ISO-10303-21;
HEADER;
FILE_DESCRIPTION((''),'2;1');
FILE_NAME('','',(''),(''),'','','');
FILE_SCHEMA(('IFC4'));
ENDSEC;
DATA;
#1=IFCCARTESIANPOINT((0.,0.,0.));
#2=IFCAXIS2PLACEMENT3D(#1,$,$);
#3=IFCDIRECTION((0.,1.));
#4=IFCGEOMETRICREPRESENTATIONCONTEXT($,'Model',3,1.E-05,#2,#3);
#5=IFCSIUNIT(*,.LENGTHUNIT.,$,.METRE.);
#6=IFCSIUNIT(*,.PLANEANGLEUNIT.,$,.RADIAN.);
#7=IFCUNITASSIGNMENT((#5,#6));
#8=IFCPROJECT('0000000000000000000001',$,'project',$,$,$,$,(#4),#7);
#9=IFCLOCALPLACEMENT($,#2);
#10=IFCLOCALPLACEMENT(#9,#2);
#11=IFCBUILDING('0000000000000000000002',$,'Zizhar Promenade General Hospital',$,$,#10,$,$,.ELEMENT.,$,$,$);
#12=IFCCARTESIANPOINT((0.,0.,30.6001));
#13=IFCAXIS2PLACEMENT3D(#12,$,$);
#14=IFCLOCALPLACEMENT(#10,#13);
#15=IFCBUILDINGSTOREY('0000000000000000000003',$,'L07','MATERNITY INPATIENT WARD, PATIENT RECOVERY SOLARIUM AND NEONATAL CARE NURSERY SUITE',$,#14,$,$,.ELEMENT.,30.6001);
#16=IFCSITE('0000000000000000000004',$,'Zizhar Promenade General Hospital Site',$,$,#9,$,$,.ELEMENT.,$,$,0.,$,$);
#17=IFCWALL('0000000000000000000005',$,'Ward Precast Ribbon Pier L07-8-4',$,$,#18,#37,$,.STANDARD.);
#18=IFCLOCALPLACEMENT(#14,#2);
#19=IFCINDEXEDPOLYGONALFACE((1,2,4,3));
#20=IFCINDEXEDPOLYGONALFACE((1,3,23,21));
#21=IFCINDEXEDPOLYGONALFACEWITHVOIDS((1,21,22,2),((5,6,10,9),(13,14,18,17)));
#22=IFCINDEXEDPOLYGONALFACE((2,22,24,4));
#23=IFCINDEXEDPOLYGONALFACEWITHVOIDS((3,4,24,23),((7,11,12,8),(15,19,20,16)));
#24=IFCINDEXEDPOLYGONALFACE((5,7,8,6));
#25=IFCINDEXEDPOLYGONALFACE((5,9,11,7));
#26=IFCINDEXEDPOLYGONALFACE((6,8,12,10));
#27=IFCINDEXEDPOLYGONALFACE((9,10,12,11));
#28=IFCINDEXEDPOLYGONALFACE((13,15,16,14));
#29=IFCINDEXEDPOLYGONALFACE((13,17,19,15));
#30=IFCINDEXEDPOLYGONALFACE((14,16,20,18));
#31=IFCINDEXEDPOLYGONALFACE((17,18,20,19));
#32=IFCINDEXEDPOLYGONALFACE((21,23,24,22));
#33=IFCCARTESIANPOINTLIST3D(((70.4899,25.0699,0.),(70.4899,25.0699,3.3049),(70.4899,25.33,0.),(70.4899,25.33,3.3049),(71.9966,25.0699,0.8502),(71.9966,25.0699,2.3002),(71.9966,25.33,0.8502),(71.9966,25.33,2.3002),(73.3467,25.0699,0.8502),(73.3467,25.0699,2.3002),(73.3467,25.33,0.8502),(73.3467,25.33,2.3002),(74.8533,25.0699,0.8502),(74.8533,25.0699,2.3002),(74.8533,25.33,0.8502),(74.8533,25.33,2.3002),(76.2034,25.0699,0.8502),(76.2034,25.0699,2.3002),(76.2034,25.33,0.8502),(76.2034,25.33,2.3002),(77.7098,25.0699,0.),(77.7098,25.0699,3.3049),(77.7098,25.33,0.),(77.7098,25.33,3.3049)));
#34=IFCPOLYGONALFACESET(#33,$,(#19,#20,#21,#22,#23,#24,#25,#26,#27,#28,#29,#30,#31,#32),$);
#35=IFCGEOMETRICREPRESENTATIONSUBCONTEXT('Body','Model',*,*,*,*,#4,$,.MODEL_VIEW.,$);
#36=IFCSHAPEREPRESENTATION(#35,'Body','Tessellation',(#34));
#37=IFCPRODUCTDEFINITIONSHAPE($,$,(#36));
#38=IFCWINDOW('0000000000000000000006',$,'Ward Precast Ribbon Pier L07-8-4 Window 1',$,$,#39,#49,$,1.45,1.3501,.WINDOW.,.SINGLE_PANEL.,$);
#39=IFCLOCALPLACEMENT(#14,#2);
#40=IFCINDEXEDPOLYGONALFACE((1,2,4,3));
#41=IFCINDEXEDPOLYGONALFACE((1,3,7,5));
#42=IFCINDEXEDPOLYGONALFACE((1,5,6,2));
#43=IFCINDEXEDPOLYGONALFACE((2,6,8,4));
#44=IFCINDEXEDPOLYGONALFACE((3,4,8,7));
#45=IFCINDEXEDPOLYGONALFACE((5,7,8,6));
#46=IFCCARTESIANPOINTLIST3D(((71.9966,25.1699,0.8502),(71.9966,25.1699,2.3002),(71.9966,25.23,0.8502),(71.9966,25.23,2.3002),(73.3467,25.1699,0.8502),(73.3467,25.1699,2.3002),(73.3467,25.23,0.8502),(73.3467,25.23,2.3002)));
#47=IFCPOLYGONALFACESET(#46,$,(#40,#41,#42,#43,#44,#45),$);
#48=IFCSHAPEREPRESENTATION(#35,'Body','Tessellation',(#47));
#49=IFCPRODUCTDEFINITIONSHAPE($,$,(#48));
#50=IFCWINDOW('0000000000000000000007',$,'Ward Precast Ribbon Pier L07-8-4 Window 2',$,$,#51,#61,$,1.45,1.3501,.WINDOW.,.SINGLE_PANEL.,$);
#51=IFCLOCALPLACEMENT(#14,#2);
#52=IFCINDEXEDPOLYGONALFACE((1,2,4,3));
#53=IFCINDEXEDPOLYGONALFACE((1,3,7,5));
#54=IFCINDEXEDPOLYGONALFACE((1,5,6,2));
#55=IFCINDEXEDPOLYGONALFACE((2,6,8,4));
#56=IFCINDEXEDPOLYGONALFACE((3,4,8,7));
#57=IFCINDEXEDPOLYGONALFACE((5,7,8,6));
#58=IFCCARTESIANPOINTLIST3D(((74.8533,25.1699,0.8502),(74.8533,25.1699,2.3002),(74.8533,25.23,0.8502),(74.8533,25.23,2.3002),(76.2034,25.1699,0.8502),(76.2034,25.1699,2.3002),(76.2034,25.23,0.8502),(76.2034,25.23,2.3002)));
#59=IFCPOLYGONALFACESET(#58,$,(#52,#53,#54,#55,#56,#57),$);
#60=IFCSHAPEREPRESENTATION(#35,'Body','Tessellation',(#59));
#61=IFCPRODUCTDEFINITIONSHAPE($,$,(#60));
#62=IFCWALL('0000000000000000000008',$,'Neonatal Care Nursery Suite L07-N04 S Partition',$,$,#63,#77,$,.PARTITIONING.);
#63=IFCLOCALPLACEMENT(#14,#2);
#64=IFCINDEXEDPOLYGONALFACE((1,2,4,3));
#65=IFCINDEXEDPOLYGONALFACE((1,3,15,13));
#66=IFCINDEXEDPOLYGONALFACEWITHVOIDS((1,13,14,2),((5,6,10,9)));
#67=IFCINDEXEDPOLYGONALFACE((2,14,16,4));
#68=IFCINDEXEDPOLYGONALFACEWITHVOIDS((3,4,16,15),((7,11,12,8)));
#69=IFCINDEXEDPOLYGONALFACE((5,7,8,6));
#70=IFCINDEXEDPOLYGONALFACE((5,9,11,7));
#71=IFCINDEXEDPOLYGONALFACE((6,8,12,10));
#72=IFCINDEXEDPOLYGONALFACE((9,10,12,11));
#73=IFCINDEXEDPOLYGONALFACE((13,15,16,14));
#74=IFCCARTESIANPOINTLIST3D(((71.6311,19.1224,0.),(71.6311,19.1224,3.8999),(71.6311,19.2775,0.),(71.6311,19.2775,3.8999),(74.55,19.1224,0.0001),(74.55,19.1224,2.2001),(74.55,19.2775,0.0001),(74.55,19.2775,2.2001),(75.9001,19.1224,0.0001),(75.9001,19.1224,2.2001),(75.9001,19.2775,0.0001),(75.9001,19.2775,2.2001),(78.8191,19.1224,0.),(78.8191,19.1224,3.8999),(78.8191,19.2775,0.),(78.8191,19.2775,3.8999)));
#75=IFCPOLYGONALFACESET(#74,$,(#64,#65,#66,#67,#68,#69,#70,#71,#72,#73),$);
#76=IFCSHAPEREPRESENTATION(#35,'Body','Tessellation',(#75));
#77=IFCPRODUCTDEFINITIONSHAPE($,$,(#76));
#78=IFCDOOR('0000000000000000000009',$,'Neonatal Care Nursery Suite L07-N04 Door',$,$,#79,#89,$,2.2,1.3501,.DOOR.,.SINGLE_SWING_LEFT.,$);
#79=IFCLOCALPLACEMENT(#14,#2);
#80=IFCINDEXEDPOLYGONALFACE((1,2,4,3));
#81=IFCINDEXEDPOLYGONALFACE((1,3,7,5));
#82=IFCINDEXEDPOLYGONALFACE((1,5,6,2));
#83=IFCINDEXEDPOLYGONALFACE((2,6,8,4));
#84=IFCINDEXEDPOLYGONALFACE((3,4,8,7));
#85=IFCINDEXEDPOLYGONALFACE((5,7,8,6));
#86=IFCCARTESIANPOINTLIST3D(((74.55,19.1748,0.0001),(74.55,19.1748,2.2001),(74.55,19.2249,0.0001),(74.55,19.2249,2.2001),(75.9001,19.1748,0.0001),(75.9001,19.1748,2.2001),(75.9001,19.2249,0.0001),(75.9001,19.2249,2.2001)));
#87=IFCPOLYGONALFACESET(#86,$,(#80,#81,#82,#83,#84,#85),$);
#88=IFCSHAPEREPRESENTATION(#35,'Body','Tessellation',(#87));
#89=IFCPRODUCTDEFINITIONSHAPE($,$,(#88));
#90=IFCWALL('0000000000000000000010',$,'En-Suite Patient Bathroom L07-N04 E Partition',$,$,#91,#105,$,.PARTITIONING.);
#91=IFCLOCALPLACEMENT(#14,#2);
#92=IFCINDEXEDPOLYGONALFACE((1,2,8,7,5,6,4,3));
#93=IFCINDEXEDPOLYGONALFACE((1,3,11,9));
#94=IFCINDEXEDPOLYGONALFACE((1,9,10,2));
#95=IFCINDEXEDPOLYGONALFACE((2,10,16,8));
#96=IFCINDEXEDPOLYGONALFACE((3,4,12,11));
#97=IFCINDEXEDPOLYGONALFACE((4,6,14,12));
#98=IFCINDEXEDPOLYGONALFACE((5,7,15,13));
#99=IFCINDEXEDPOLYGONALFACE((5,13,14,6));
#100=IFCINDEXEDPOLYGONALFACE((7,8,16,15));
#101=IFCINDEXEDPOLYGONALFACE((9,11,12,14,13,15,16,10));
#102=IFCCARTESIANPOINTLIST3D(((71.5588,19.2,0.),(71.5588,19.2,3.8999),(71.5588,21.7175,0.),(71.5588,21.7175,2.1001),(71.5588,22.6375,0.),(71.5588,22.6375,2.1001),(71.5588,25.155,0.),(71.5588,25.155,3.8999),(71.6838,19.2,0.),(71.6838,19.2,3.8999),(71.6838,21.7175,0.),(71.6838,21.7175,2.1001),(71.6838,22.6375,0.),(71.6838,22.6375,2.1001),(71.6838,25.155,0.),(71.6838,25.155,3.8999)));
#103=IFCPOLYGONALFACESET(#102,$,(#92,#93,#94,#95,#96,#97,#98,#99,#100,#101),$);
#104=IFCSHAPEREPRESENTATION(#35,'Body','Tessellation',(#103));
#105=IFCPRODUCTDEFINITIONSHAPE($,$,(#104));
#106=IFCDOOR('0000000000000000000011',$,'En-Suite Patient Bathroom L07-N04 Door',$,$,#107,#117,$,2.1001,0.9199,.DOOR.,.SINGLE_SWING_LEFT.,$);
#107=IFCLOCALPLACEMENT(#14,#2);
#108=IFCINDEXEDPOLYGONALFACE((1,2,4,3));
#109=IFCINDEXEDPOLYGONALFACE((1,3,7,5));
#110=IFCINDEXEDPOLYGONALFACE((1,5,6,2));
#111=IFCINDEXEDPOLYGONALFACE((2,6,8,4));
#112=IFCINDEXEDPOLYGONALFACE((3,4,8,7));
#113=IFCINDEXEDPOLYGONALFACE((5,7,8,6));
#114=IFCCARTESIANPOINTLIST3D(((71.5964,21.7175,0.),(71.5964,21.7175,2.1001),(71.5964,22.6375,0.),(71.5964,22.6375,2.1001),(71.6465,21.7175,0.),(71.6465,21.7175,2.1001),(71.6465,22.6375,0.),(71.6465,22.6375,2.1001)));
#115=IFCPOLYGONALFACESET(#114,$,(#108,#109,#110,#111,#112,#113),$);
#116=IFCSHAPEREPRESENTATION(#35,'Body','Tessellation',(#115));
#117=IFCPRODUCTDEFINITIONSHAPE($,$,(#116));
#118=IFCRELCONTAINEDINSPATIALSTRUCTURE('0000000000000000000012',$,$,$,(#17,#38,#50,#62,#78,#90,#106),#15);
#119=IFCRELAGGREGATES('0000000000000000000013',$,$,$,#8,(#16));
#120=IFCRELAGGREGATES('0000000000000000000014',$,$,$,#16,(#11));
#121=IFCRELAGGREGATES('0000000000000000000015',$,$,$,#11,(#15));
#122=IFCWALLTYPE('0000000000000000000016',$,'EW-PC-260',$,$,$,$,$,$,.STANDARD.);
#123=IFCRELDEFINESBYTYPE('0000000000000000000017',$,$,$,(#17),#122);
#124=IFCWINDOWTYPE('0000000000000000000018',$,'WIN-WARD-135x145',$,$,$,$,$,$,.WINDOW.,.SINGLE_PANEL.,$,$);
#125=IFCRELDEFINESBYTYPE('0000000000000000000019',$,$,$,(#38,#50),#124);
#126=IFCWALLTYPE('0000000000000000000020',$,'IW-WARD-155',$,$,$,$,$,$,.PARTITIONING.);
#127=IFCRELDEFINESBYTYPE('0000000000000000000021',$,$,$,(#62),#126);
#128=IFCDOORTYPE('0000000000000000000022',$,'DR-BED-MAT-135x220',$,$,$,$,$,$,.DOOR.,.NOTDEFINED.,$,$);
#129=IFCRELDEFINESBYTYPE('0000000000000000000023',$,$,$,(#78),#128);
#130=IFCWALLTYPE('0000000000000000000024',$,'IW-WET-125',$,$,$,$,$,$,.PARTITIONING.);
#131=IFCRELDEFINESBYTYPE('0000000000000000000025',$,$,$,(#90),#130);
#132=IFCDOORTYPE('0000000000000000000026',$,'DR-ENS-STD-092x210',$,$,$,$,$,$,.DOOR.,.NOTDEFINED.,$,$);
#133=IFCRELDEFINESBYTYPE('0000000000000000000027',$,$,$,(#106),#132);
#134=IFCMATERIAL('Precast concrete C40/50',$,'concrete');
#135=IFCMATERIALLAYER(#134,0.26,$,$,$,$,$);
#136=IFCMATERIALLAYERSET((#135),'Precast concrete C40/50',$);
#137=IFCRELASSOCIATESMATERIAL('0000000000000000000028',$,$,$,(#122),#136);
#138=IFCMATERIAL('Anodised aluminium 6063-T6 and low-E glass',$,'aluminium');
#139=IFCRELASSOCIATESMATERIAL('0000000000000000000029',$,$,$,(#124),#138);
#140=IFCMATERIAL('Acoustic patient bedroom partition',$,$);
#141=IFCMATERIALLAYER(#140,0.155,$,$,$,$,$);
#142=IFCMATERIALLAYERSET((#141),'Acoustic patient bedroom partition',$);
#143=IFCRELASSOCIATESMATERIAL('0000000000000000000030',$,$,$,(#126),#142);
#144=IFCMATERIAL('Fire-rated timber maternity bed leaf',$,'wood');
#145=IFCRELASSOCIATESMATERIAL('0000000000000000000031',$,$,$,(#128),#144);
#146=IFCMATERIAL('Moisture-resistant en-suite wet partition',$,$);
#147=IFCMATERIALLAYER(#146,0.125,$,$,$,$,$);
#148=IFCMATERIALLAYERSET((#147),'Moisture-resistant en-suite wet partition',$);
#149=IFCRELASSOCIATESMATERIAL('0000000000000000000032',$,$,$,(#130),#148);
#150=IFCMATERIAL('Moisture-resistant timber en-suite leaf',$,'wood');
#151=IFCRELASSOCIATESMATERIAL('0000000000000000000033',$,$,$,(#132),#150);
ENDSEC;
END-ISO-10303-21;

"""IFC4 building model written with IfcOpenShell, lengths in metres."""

from ifc_helpers import new_model, si_unit, direction, frame, frame_2d, origin, place, context, subcontext, project, spatial, rectangle, extrude, material, layer, layer_set, type_object, element, fill, save


model = new_model("IFC4")

# Units and contexts
model_context = context("Model", 3, precision=1e-05, world=origin(), true_north=direction((0.0, 1.0)))
body_context = subcontext(model_context, "Body", "Model", "MODEL_VIEW")
ifc_project = project(units=[si_unit("LENGTHUNIT", "METRE"), si_unit("PLANEANGLEUNIT", "RADIAN")], contexts=[model_context])

# Site, building, storey
site_placement = place(None, origin())
site = spatial("IfcSite", under=ifc_project, at=site_placement, Name="Zizhar Promenade General Hospital Site", CompositionType="ELEMENT", RefElevation=0.0)
building_placement = place(site_placement, origin())
building = spatial("IfcBuilding", under=site, at=building_placement, Name="Zizhar Promenade General Hospital", CompositionType="ELEMENT")
storey_placement = place(building_placement, frame((0.0, 0.0, 30.6001)))
storey = spatial("IfcBuildingStorey", under=building, at=storey_placement, Name="L07", Description="MATERNITY INPATIENT WARD, PATIENT RECOVERY SOLARIUM AND NEONATAL CARE NURSERY SUITE", CompositionType="ELEMENT", Elevation=30.6001)

# Wall, openings, windows
ifc_material_1 = material(Name="Precast concrete C40/50", Category="concrete")
ifc_layer_1 = layer(ifc_material_1, 0.26)
ifc_layer_set_1 = layer_set([ifc_layer_1], Name="Precast concrete C40/50")
wall_type_1 = type_object("IfcWallType", Name="EW-PC-260", PredefinedType="STANDARD", material=ifc_layer_set_1)
wall_1_placement = place(storey_placement, frame((70.49, 25.2, 0.0), z_axis=(0.0, 0.0, 1.0), x_axis=(1.0, 0.0, 0.0)))
wall_1 = element("IfcWall", 1, at=wall_1_placement, inside=storey, type_object=wall_type_1, Name="Ward Precast Ribbon Pier L07-8-4", PredefinedType="STANDARD", context=body_context, shape_type="SweptSolid", body=[
    extrude(rectangle(XDim=7.22, YDim=0.26, at=frame_2d((3.6099, 0.0))), origin(), (0.0, 0.0, 1.0), 3.3049),
])
opening_1_placement = place(wall_1_placement, frame((1.5066, 0.0, 0.8501)))
opening_1 = element("IfcOpeningElement", 2, at=opening_1_placement, cuts=wall_1, PredefinedType="OPENING", context=body_context, shape_type="SweptSolid", body=[
    extrude(rectangle(XDim=1.3501, YDim=1.45, at=frame_2d((0.675, 0.7251))), frame((0.0, 0.1401, 0.0), z_axis=(0.0, -1.0, 0.0), x_axis=(1.0, 0.0, 0.0)), (0.0, 0.0, 1.0), 0.28),
])
opening_2_placement = place(wall_1_placement, frame((4.3633, 0.0, 0.8501)))
opening_2 = element("IfcOpeningElement", 3, at=opening_2_placement, cuts=wall_1, PredefinedType="OPENING", context=body_context, shape_type="SweptSolid", body=[
    extrude(rectangle(XDim=1.3501, YDim=1.45, at=frame_2d((0.675, 0.7251))), frame((0.0, 0.1401, 0.0), z_axis=(0.0, -1.0, 0.0), x_axis=(1.0, 0.0, 0.0)), (0.0, 0.0, 1.0), 0.28),
])
ifc_material_2 = material(Name="Anodised aluminium 6063-T6 and low-E glass", Category="aluminium")
window_type = type_object("IfcWindowType", Name="WIN-WARD-135x145", PartitioningType="SINGLE_PANEL", PredefinedType="WINDOW", material=ifc_material_2)
window_1_placement = place(opening_1_placement, origin())
window_1 = element("IfcWindow", 4, at=window_1_placement, inside=storey, type_object=window_type, Name="Ward Precast Ribbon Pier L07-8-4 Window 1", OverallHeight=1.45, OverallWidth=1.3501, PartitioningType="SINGLE_PANEL", PredefinedType="WINDOW", context=body_context, shape_type="SweptSolid", body=[
    extrude(rectangle(XDim=1.3501, YDim=1.45, at=frame_2d((0.675, 0.7251))), frame((0.0, 0.03, 0.0), z_axis=(0.0, -1.0, 0.0), x_axis=(1.0, 0.0, 0.0)), (0.0, 0.0, 1.0), 0.0601),
])
fill(opening_1, window_1)
window_2_placement = place(opening_2_placement, origin())
window_2 = element("IfcWindow", 5, at=window_2_placement, inside=storey, type_object=window_type, Name="Ward Precast Ribbon Pier L07-8-4 Window 2", OverallHeight=1.45, OverallWidth=1.3501, PartitioningType="SINGLE_PANEL", PredefinedType="WINDOW", context=body_context, shape_type="SweptSolid", body=[
    extrude(rectangle(XDim=1.3501, YDim=1.45, at=frame_2d((0.675, 0.7251))), frame((0.0, 0.03, 0.0), z_axis=(0.0, -1.0, 0.0), x_axis=(1.0, 0.0, 0.0)), (0.0, 0.0, 1.0), 0.0601),
])
fill(opening_2, window_2)

# Walls, openings, doors
ifc_material_3 = material(Name="Acoustic patient bedroom partition")
ifc_layer_2 = layer(ifc_material_3, 0.155)
ifc_layer_set_2 = layer_set([ifc_layer_2], Name="Acoustic patient bedroom partition")
wall_type_2 = type_object("IfcWallType", Name="IW-WARD-155", PredefinedType="PARTITIONING", material=ifc_layer_set_2)
wall_2_placement = place(storey_placement, frame((71.6311, 19.2, 0.0), z_axis=(0.0, 0.0, 1.0), x_axis=(1.0, 0.0, 0.0)))
wall_2 = element("IfcWall", 6, at=wall_2_placement, inside=storey, type_object=wall_type_2, Name="Neonatal Care Nursery Suite L07-N04 S Partition", PredefinedType="PARTITIONING", context=body_context, shape_type="SweptSolid", body=[
    extrude(rectangle(XDim=7.188, YDim=0.155, at=frame_2d((3.594, 0.0))), origin(), (0.0, 0.0, 1.0), 3.8999),
])
opening_3_placement = place(wall_2_placement, frame((2.9189, 0.0, 0.0)))
opening_3 = element("IfcOpeningElement", 7, at=opening_3_placement, cuts=wall_2, PredefinedType="OPENING", context=body_context, shape_type="SweptSolid", body=[
    extrude(rectangle(XDim=1.3501, YDim=2.2, at=frame_2d((0.675, 1.1001))), frame((0.0, 0.0874, 0.0), z_axis=(0.0, -1.0, 0.0), x_axis=(1.0, 0.0, 0.0)), (0.0, 0.0, 1.0), 0.175),
])
ifc_material_4 = material(Name="Fire-rated timber maternity bed leaf", Category="wood")
door_type_1 = type_object("IfcDoorType", Name="DR-BED-MAT-135x220", OperationType="NOTDEFINED", PredefinedType="DOOR", material=ifc_material_4)
door_1_placement = place(opening_3_placement, origin())
door_1 = element("IfcDoor", 8, at=door_1_placement, inside=storey, type_object=door_type_1, Name="Neonatal Care Nursery Suite L07-N04 Door", OperationType="SINGLE_SWING_LEFT", OverallHeight=2.2, OverallWidth=1.3501, PredefinedType="DOOR", context=body_context, shape_type="SweptSolid", body=[
    extrude(rectangle(XDim=1.3501, YDim=2.2, at=frame_2d((0.675, 1.1001))), frame((0.0, 0.0249, 0.0), z_axis=(0.0, -1.0, 0.0), x_axis=(1.0, 0.0, 0.0)), (0.0, 0.0, 1.0), 0.05),
])
fill(opening_3, door_1)
ifc_material_5 = material(Name="Moisture-resistant en-suite wet partition")
ifc_layer_3 = layer(ifc_material_5, 0.125)
ifc_layer_set_3 = layer_set([ifc_layer_3], Name="Moisture-resistant en-suite wet partition")
wall_type_3 = type_object("IfcWallType", Name="IW-WET-125", PredefinedType="PARTITIONING", material=ifc_layer_set_3)
wall_3_placement = place(storey_placement, frame((71.6213, 19.2, 0.0), z_axis=(0.0, 0.0, 1.0), x_axis=(0.0, 1.0, 0.0)))
wall_3 = element("IfcWall", 9, at=wall_3_placement, inside=storey, type_object=wall_type_3, Name="En-Suite Patient Bathroom L07-N04 E Partition", PredefinedType="PARTITIONING", context=body_context, shape_type="SweptSolid", body=[
    extrude(rectangle(XDim=5.9551, YDim=0.125, at=frame_2d((2.9775, 0.0))), origin(), (0.0, 0.0, 1.0), 3.8999),
])
opening_4_placement = place(wall_3_placement, frame((2.5176, 0.0, 0.0)))
opening_4 = element("IfcOpeningElement", 10, at=opening_4_placement, cuts=wall_3, PredefinedType="OPENING", context=body_context, shape_type="SweptSolid", body=[
    extrude(rectangle(XDim=0.9199, YDim=2.1001, at=frame_2d((0.46, 1.05))), frame((0.0, 0.0725, 0.0), z_axis=(0.0, -1.0, 0.0), x_axis=(1.0, 0.0, 0.0)), (0.0, 0.0, 1.0), 0.145),
])
ifc_material_6 = material(Name="Moisture-resistant timber en-suite leaf", Category="wood")
door_type_2 = type_object("IfcDoorType", Name="DR-ENS-STD-092x210", OperationType="NOTDEFINED", PredefinedType="DOOR", material=ifc_material_6)
door_2_placement = place(opening_4_placement, origin())
door_2 = element("IfcDoor", 11, at=door_2_placement, inside=storey, type_object=door_type_2, Name="En-Suite Patient Bathroom L07-N04 Door", OperationType="SINGLE_SWING_LEFT", OverallHeight=2.1001, OverallWidth=0.9199, PredefinedType="DOOR", context=body_context, shape_type="SweptSolid", body=[
    extrude(rectangle(XDim=0.9199, YDim=2.1001, at=frame_2d((0.46, 1.05))), frame((0.0, 0.0249, 0.0), z_axis=(0.0, -1.0, 0.0), x_axis=(1.0, 0.0, 0.0)), (0.0, 0.0, 1.0), 0.05),
])
fill(opening_4, door_2)

save(model, "model.ifc")
